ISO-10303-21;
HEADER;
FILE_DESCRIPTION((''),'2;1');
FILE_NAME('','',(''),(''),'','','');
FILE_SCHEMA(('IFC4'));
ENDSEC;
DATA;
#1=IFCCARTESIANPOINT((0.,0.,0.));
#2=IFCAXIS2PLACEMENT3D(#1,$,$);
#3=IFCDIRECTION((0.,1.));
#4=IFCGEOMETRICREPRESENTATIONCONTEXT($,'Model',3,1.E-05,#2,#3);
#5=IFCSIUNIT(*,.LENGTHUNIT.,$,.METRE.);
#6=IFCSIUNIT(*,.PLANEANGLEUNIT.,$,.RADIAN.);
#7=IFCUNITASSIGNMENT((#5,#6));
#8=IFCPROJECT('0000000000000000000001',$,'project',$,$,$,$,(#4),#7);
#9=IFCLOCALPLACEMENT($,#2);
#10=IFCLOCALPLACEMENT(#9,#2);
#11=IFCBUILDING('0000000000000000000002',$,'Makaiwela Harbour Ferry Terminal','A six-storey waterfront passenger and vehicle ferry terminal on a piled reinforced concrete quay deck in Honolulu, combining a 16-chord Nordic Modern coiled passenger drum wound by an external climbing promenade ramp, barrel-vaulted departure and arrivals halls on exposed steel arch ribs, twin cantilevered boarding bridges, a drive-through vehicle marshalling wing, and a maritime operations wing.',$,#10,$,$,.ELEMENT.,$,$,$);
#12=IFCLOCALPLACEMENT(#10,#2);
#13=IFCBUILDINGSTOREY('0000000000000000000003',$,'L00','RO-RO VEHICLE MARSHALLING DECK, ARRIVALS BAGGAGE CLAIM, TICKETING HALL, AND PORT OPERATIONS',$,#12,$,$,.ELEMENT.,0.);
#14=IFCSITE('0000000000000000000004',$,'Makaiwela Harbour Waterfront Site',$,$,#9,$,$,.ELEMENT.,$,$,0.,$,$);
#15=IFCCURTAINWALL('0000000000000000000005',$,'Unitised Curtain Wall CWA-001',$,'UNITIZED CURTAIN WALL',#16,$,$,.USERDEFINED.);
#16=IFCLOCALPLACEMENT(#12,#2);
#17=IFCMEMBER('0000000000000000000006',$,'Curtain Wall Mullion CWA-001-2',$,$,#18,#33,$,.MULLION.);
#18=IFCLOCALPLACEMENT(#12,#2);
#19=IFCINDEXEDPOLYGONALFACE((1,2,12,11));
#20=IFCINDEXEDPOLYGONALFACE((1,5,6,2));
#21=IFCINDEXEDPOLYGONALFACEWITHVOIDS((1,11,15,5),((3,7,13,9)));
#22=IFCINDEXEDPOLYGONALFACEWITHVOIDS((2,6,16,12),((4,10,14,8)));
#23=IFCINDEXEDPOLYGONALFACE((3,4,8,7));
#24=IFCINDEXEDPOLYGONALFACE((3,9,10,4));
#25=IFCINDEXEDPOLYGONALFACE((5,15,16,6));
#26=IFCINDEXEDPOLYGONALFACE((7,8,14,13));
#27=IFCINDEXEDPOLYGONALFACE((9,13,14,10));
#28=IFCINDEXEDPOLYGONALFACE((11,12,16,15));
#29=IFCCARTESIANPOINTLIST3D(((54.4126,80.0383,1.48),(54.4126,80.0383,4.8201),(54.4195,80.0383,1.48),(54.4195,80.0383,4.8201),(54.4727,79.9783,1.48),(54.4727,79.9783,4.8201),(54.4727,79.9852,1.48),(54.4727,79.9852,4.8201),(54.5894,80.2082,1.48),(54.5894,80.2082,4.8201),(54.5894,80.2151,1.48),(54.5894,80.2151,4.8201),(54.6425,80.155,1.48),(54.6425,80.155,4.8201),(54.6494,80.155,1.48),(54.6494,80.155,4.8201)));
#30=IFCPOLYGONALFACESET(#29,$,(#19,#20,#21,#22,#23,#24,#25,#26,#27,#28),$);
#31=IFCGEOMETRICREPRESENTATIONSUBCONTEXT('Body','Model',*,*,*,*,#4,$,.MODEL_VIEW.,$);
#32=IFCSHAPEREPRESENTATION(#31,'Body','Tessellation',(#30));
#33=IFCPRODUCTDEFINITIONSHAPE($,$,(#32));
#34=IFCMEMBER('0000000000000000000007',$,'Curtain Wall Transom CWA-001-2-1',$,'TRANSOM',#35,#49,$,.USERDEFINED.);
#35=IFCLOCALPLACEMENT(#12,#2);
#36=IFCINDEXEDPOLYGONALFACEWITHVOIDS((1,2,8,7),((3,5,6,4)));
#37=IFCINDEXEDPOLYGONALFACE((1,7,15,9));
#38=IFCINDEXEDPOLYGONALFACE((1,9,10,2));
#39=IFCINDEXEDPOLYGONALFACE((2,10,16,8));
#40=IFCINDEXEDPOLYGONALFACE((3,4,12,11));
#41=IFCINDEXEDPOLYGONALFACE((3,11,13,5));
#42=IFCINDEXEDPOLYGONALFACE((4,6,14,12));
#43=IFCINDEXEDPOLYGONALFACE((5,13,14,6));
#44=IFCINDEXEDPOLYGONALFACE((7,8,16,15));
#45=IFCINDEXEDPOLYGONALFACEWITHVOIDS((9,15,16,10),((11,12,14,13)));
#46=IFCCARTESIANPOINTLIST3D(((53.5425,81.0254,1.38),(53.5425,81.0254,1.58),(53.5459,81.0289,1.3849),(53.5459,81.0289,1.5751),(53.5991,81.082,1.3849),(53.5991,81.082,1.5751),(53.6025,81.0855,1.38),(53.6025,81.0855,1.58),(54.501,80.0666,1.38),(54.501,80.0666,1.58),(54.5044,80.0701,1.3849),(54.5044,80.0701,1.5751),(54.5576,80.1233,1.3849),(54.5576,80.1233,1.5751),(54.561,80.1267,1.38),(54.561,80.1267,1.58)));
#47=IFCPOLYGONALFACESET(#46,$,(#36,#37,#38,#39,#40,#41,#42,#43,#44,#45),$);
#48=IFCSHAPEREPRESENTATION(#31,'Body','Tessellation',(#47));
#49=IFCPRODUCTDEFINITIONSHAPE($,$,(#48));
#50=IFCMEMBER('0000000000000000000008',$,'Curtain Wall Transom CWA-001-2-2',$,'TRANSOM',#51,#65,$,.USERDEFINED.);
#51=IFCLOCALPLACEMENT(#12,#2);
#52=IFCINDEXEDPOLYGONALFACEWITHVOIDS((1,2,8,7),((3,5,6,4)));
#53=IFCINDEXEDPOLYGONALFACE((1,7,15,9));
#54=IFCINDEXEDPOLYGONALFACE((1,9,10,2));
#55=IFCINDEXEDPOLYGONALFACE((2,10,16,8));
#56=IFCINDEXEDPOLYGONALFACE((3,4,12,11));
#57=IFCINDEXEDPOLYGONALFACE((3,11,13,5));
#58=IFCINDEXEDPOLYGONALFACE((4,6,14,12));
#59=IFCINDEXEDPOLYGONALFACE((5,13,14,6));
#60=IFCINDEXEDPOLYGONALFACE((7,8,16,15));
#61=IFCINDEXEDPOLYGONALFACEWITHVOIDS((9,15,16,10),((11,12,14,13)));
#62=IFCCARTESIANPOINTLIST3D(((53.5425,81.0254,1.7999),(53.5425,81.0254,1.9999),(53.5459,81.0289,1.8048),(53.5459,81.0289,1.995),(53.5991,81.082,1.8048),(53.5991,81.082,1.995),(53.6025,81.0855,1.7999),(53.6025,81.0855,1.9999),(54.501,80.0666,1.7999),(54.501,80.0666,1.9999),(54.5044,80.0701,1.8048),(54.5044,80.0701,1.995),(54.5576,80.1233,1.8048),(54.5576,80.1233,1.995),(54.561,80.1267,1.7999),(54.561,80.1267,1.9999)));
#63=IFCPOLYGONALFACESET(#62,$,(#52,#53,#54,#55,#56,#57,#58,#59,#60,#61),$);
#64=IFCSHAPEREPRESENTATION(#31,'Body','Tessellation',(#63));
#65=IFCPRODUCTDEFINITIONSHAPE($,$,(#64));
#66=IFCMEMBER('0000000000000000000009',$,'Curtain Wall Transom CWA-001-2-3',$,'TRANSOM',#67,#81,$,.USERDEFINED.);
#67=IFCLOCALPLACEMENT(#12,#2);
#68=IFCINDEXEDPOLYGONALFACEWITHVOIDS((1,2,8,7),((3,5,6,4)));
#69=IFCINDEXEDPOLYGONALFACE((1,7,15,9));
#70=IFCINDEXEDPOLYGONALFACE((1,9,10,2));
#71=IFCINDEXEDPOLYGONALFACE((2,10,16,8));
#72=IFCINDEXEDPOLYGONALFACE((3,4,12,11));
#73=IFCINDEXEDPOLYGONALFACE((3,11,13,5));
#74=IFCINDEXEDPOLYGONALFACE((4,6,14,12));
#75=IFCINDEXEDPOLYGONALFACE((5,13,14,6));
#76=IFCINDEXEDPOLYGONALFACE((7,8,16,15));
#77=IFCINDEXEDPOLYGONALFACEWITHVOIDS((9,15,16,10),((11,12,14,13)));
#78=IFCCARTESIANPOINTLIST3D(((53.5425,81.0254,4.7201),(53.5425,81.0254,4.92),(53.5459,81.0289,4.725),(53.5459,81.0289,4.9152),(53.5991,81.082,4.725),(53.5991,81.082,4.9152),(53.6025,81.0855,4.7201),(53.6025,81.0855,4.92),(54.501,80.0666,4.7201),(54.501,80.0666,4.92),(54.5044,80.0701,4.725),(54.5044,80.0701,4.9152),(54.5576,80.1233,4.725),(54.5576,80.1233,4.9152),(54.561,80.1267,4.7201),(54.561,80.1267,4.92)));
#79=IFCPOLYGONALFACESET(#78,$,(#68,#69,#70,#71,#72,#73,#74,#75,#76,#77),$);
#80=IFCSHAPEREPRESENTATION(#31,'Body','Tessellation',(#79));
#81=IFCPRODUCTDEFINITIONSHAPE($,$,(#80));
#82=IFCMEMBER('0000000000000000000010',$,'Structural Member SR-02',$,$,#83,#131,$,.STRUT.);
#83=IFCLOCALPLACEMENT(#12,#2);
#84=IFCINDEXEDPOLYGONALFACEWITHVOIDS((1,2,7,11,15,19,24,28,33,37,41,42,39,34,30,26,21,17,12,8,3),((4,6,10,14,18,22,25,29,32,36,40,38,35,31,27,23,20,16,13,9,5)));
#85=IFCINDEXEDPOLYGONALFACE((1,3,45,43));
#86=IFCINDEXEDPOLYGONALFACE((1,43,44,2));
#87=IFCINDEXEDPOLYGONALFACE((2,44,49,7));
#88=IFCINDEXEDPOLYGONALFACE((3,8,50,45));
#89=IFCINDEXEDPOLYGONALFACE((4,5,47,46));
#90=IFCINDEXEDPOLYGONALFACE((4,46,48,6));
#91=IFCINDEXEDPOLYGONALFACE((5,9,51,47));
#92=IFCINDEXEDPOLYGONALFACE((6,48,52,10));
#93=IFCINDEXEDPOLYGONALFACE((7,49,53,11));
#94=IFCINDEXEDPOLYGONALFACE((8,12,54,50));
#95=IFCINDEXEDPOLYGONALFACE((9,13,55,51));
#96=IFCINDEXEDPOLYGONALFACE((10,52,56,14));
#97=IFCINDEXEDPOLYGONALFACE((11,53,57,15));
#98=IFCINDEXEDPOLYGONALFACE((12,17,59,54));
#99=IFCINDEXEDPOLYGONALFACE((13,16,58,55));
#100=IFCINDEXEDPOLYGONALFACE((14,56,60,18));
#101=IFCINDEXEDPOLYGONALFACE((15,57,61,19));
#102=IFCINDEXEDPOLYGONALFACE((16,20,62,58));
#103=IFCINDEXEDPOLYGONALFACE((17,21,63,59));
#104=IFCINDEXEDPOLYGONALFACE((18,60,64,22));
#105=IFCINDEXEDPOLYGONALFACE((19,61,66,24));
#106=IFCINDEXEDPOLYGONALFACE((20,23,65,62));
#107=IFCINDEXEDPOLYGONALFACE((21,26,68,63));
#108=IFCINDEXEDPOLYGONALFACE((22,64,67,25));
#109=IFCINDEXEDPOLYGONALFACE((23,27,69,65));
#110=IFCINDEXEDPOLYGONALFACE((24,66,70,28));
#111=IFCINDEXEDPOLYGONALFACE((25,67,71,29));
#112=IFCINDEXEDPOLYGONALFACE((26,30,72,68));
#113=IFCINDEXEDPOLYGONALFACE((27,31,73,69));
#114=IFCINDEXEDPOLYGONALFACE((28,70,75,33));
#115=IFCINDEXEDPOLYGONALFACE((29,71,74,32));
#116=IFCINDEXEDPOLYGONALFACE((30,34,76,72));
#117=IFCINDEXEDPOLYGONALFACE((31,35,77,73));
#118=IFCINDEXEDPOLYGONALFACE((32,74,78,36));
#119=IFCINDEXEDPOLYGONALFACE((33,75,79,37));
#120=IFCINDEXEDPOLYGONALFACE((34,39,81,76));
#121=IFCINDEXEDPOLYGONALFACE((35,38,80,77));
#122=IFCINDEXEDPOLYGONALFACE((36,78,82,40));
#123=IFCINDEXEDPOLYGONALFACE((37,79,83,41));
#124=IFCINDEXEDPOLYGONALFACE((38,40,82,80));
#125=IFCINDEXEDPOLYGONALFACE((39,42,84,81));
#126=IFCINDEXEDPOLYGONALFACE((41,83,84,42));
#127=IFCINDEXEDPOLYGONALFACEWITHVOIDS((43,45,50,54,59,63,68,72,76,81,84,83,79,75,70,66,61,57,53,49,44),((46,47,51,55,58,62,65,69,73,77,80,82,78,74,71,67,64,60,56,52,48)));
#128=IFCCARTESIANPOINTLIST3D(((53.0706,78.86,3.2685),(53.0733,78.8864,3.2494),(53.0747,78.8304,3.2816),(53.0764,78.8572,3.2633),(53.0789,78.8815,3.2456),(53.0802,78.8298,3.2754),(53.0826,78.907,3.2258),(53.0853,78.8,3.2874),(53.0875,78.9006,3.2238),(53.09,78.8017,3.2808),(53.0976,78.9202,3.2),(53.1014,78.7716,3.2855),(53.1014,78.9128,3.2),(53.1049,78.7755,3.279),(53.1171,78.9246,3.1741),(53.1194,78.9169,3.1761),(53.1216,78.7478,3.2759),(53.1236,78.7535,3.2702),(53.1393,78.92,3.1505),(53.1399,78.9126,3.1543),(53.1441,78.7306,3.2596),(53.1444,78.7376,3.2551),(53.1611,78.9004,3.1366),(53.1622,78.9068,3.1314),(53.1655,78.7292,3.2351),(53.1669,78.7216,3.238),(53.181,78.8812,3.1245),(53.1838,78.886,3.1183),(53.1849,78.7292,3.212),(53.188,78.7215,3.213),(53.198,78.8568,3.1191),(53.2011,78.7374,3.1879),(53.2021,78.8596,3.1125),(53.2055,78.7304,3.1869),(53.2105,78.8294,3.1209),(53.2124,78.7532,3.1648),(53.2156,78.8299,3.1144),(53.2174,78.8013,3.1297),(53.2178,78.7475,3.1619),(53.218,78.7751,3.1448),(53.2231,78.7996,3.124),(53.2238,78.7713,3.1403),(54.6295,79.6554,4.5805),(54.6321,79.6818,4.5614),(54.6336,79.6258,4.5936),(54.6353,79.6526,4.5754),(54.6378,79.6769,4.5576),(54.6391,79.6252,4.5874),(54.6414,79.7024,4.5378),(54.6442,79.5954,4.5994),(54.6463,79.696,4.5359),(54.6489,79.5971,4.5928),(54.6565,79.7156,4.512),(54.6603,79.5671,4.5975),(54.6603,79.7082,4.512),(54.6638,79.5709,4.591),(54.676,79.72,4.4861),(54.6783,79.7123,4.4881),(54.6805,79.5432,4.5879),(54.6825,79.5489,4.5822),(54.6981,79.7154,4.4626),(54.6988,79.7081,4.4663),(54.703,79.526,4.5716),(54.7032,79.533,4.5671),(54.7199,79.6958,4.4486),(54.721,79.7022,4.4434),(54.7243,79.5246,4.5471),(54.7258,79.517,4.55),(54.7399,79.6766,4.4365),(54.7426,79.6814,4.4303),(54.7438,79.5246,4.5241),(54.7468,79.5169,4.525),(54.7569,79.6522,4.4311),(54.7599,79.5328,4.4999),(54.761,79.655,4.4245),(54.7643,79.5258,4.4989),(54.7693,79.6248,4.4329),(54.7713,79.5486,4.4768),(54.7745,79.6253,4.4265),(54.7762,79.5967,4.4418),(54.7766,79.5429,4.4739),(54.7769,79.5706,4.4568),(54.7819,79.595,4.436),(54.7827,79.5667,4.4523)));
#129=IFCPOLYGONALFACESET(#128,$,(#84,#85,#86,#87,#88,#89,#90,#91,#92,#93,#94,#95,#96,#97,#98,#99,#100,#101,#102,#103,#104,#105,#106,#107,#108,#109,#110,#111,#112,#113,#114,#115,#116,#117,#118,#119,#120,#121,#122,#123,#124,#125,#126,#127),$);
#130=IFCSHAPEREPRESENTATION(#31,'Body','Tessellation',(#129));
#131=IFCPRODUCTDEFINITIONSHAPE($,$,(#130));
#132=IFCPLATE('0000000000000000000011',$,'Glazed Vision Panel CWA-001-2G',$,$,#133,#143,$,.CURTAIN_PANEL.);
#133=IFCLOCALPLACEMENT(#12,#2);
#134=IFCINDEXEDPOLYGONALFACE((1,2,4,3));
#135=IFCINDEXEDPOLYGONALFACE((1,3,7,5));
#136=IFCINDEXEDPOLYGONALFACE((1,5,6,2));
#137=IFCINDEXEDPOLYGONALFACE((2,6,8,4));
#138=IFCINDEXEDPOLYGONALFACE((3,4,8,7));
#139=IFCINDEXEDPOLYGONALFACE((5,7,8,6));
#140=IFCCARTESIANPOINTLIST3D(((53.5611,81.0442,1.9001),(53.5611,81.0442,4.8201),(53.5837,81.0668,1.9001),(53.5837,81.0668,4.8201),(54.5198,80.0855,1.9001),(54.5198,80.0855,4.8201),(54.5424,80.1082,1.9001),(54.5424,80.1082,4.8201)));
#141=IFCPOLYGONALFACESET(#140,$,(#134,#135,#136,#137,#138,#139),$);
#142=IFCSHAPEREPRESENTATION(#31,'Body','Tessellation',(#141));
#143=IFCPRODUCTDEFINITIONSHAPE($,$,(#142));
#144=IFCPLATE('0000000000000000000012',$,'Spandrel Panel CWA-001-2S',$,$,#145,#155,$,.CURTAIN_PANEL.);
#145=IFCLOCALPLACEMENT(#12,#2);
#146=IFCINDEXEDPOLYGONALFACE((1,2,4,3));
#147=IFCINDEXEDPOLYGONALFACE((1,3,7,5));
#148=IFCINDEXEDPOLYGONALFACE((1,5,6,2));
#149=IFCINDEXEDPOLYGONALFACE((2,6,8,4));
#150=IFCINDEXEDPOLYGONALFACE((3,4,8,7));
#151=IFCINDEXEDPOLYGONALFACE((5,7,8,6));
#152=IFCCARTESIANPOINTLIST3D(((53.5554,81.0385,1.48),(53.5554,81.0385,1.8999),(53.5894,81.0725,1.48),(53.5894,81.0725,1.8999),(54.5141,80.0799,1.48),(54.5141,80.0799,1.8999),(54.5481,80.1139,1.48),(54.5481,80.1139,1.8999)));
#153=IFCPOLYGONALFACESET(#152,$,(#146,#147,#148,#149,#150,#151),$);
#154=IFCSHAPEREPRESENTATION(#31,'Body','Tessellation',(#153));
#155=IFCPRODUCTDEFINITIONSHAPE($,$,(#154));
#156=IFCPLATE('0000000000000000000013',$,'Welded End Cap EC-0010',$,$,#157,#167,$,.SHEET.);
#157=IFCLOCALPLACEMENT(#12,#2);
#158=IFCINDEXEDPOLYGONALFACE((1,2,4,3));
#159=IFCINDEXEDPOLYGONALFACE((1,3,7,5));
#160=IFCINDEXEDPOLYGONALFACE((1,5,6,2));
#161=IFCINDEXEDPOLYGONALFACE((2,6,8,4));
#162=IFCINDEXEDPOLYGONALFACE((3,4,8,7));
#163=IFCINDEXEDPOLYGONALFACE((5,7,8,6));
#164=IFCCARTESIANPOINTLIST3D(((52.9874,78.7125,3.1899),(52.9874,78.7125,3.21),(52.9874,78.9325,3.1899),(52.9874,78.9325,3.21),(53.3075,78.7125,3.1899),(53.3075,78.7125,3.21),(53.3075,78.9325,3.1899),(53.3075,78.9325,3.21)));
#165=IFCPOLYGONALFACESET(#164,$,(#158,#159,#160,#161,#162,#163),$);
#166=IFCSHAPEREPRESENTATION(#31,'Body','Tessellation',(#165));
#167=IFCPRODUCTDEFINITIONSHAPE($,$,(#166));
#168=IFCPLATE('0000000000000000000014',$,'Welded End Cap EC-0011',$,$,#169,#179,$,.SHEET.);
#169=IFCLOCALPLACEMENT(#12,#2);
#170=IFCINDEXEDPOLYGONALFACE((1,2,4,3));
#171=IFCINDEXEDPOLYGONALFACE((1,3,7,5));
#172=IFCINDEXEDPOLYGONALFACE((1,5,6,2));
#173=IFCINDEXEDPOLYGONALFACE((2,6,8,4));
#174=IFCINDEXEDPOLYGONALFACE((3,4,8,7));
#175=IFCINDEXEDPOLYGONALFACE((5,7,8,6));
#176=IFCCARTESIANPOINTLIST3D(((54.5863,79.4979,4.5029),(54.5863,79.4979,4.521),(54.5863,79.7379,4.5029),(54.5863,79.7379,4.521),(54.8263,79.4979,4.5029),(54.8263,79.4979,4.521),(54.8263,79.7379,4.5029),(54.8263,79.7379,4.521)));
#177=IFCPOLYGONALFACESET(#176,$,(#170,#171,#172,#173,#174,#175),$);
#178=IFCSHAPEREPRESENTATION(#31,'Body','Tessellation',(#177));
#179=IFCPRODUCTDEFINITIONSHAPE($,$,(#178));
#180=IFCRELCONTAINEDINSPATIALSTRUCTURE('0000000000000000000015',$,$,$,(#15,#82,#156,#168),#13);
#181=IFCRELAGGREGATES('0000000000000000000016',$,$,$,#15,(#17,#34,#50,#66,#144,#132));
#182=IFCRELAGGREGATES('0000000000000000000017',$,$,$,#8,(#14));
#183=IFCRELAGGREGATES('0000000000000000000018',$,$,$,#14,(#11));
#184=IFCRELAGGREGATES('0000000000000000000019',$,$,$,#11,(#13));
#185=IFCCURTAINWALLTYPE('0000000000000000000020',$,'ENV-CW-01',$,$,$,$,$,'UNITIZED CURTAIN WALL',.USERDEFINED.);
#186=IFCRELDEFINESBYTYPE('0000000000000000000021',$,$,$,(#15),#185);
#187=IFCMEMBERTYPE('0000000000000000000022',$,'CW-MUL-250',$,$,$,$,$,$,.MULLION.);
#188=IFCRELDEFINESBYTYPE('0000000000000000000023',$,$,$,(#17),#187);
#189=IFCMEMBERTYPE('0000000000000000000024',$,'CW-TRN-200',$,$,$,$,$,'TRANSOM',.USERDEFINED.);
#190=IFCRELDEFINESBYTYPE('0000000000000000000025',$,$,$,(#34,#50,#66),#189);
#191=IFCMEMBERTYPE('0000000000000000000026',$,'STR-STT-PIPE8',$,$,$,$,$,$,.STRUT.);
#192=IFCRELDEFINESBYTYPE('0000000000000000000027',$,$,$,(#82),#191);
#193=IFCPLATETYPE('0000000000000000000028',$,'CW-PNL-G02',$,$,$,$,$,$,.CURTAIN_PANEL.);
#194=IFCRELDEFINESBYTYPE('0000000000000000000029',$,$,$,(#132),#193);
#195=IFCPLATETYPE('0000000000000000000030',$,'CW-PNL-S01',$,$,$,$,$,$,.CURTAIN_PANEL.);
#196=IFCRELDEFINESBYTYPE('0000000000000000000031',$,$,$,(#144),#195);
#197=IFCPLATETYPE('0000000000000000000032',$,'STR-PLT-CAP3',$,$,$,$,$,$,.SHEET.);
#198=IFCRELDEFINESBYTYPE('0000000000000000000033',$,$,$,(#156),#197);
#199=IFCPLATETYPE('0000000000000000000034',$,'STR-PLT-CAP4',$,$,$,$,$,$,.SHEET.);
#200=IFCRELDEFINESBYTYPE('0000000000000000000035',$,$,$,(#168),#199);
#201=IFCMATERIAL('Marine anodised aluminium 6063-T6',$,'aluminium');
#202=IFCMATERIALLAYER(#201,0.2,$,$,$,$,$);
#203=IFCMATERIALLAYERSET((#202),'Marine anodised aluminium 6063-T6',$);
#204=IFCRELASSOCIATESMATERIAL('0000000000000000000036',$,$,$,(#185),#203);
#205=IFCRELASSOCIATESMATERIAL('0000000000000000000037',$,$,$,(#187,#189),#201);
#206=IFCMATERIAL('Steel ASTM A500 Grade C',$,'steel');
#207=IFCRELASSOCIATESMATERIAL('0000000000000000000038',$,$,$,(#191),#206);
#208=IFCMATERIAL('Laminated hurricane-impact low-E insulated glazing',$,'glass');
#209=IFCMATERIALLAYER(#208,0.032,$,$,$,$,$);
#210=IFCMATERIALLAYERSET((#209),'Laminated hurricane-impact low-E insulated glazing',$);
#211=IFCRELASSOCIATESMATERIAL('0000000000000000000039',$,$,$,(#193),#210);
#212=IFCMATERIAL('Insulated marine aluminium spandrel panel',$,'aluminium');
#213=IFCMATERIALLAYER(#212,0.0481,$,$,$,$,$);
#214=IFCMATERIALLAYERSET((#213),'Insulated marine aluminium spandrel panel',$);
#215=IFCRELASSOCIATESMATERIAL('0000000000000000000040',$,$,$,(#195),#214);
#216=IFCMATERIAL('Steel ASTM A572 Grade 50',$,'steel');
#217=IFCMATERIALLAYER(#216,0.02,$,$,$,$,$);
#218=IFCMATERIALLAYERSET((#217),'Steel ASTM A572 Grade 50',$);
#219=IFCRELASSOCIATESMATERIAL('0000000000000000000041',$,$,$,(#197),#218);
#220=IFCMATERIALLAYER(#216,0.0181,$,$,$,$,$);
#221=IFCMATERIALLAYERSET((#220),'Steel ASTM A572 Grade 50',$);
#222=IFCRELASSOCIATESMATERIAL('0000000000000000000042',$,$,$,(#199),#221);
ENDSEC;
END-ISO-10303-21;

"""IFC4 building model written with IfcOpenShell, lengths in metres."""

from ifc_helpers import new_model, si_unit, direction, frame, origin, origin_2d, place, context, subcontext, project, spatial, rectangle, hollow_rectangle, hollow_circle, extrude, material, layer, layer_set, material_profile, profile_set, type_object, element, aggregate, save


model = new_model("IFC4")

# Units and contexts
model_context = context("Model", 3, precision=1e-05, world=origin(), true_north=direction((0.0, 1.0)))
body_context = subcontext(model_context, "Body", "Model", "MODEL_VIEW")
ifc_project = project(units=[si_unit("LENGTHUNIT", "METRE"), si_unit("PLANEANGLEUNIT", "RADIAN")], contexts=[model_context])

# Site, building, storey
site_placement = place(None, origin())
site = spatial("IfcSite", under=ifc_project, at=site_placement, Name="Makaiwela Harbour Waterfront Site", CompositionType="ELEMENT", RefElevation=0.0)
building_placement = place(site_placement, origin())
building = spatial("IfcBuilding", under=site, at=building_placement, Name="Makaiwela Harbour Ferry Terminal", Description="A six-storey waterfront passenger and vehicle ferry terminal on a piled reinforced concrete quay deck in Honolulu, combining a 16-chord Nordic Modern coiled passenger drum wound by an external climbing promenade ramp, barrel-vaulted departure and arrivals halls on exposed steel arch ribs, twin cantilevered boarding bridges, a drive-through vehicle marshalling wing, and a maritime operations wing.", CompositionType="ELEMENT")
storey_placement = place(building_placement, origin())
storey = spatial("IfcBuildingStorey", under=building, at=storey_placement, Name="L00", Description="RO-RO VEHICLE MARSHALLING DECK, ARRIVALS BAGGAGE CLAIM, TICKETING HALL, AND PORT OPERATIONS", CompositionType="ELEMENT", Elevation=0.0)

# Curtain wall, members
ifc_material_1 = material(Name="Marine anodised aluminium 6063-T6", Category="aluminium")
ifc_layer_1 = layer(ifc_material_1, 0.2)
ifc_layer_set_1 = layer_set([ifc_layer_1], Name="Marine anodised aluminium 6063-T6")
curtain_wall_type = type_object("IfcCurtainWallType", Name="ENV-CW-01", ElementType="UNITIZED CURTAIN WALL", PredefinedType="USERDEFINED", material=ifc_layer_set_1)
curtain_wall_placement = place(storey_placement, origin())
curtain_wall = element("IfcCurtainWall", 1, at=curtain_wall_placement, inside=storey, type_object=curtain_wall_type, Name="Unitised Curtain Wall CWA-001", ObjectType="UNITIZED CURTAIN WALL", PredefinedType="USERDEFINED")
ifc_material_profile_1 = material_profile(ifc_material_1, hollow_rectangle(XDim=0.085, YDim=0.25, WallThickness=0.0049, at=origin_2d()), Name="CWM-250X85")
ifc_profile_set_1 = profile_set([ifc_material_profile_1], Name="Marine anodised aluminium 6063-T6")
member_type_1 = type_object("IfcMemberType", Name="CW-MUL-250", PredefinedType="MULLION", material=ifc_profile_set_1)
member_1_placement = place(storey_placement, frame((54.531, 80.0967, 1.48), z_axis=(0.0, 0.0, 1.0), x_axis=(-0.707107, 0.707107, 0.0)))
member_1 = element("IfcMember", 2, at=member_1_placement, type_object=member_type_1, Name="Curtain Wall Mullion CWA-001-2", PredefinedType="MULLION", context=body_context, shape_type="SweptSolid", body=[
    extrude(hollow_rectangle(XDim=0.085, YDim=0.25, WallThickness=0.0049, at=origin_2d()), origin(), (0.0, 0.0, 1.0), 3.3401),
])
ifc_material_profile_2 = material_profile(ifc_material_1, hollow_rectangle(XDim=0.085, YDim=0.2, WallThickness=0.0049, at=origin_2d()), Name="CWT-200X85")
ifc_profile_set_2 = profile_set([ifc_material_profile_2], Name="Marine anodised aluminium 6063-T6")
member_type_2 = type_object("IfcMemberType", Name="CW-TRN-200", ElementType="TRANSOM", PredefinedType="USERDEFINED", material=ifc_profile_set_2)
member_2_placement = place(storey_placement, frame((54.531, 80.0967, 1.48), z_axis=(-0.707017, 0.707197, 0.0), x_axis=(-0.707197, -0.707017, 0.0)))
member_2 = element("IfcMember", 3, at=member_2_placement, type_object=member_type_2, Name="Curtain Wall Transom CWA-001-2-1", ObjectType="TRANSOM", PredefinedType="USERDEFINED", context=body_context, shape_type="SweptSolid", body=[
    extrude(hollow_rectangle(XDim=0.085, YDim=0.2, WallThickness=0.0049, at=origin_2d()), origin(), (0.0, 0.0, 1.0), 1.3557),
])
member_3_placement = place(storey_placement, frame((54.531, 80.0967, 1.8999), z_axis=(-0.707017, 0.707197, 0.0), x_axis=(-0.707197, -0.707017, 0.0)))
member_3 = element("IfcMember", 4, at=member_3_placement, type_object=member_type_2, Name="Curtain Wall Transom CWA-001-2-2", ObjectType="TRANSOM", PredefinedType="USERDEFINED", context=body_context, shape_type="SweptSolid", body=[
    extrude(hollow_rectangle(XDim=0.085, YDim=0.2, WallThickness=0.0049, at=origin_2d()), origin(), (0.0, 0.0, 1.0), 1.3557),
])
member_4_placement = place(storey_placement, frame((54.531, 80.0967, 4.8201), z_axis=(-0.707017, 0.707197, 0.0), x_axis=(-0.707197, -0.707017, 0.0)))
member_4 = element("IfcMember", 5, at=member_4_placement, type_object=member_type_2, Name="Curtain Wall Transom CWA-001-2-3", ObjectType="TRANSOM", PredefinedType="USERDEFINED", context=body_context, shape_type="SweptSolid", body=[
    extrude(hollow_rectangle(XDim=0.085, YDim=0.2, WallThickness=0.0049, at=origin_2d()), origin(), (0.0, 0.0, 1.0), 1.3557),
])

# Member
ifc_material_2 = material(Name="Steel ASTM A500 Grade C", Category="steel")
ifc_material_profile_3 = material_profile(ifc_material_2, hollow_circle(Radius=0.1096, WallThickness=0.0083, at=origin_2d()), Name="PIPE8STD")
ifc_profile_set_3 = profile_set([ifc_material_profile_3], Name="Steel ASTM A500 Grade C")
member_type_3 = type_object("IfcMemberType", Name="STR-STT-PIPE8", PredefinedType="STRUT", material=ifc_profile_set_3)
member_5_placement = place(storey_placement, frame((53.1475, 78.8225, 3.2), z_axis=(0.712696, 0.363659, 0.599848), x_axis=(-0.454509, 0.890742, 0.0)))
element("IfcMember", 6, at=member_5_placement, inside=storey, type_object=member_type_3, Name="Structural Member SR-02", PredefinedType="STRUT", context=body_context, shape_type="SweptSolid", body=[
    extrude(hollow_circle(Radius=0.1096, WallThickness=0.0083, at=origin_2d()), origin(), (0.0, 0.0, 1.0), 2.1873),
])

# Plates
ifc_material_3 = material(Name="Laminated hurricane-impact low-E insulated glazing", Category="glass")
ifc_layer_2 = layer(ifc_material_3, 0.032)
ifc_layer_set_2 = layer_set([ifc_layer_2], Name="Laminated hurricane-impact low-E insulated glazing")
plate_type_1 = type_object("IfcPlateType", Name="CW-PNL-G02", PredefinedType="CURTAIN_PANEL", material=ifc_layer_set_2)
plate_1_placement = place(storey_placement, frame((54.0518, 80.5762, 1.9001), z_axis=(0.0, 0.0, 1.0), x_axis=(-0.707107, 0.707107, 0.0)))
plate_1 = element("IfcPlate", 7, at=plate_1_placement, type_object=plate_type_1, Name="Glazed Vision Panel CWA-001-2G", PredefinedType="CURTAIN_PANEL", context=body_context, shape_type="SweptSolid", body=[
    extrude(rectangle(XDim=1.3557, YDim=0.032, at=origin_2d()), origin(), (0.0, 0.0, 1.0), 2.9199),
])
ifc_material_4 = material(Name="Insulated marine aluminium spandrel panel", Category="aluminium")
ifc_layer_3 = layer(ifc_material_4, 0.0481)
ifc_layer_set_3 = layer_set([ifc_layer_3], Name="Insulated marine aluminium spandrel panel")
plate_type_2 = type_object("IfcPlateType", Name="CW-PNL-S01", PredefinedType="CURTAIN_PANEL", material=ifc_layer_set_3)
plate_2_placement = place(storey_placement, frame((54.0518, 80.5762, 1.48), z_axis=(0.0, 0.0, 1.0), x_axis=(-0.707107, 0.707107, 0.0)))
plate_2 = element("IfcPlate", 8, at=plate_2_placement, type_object=plate_type_2, Name="Spandrel Panel CWA-001-2S", PredefinedType="CURTAIN_PANEL", context=body_context, shape_type="SweptSolid", body=[
    extrude(rectangle(XDim=1.3557, YDim=0.0481, at=origin_2d()), origin(), (0.0, 0.0, 1.0), 0.4199),
])
aggregate(curtain_wall, [member_1, member_2, member_3, member_4, plate_2, plate_1])

# Plates
ifc_material_5 = material(Name="Steel ASTM A572 Grade 50", Category="steel")
ifc_layer_4 = layer(ifc_material_5, 0.02)
ifc_layer_set_4 = layer_set([ifc_layer_4], Name="Steel ASTM A572 Grade 50")
plate_type_3 = type_object("IfcPlateType", Name="STR-PLT-CAP3", PredefinedType="SHEET", material=ifc_layer_set_4)
plate_3_placement = place(storey_placement, frame((53.1475, 78.8225, 3.1899), z_axis=(0.0, 0.0, 1.0), x_axis=(1.0, 0.0, 0.0)))
element("IfcPlate", 9, at=plate_3_placement, inside=storey, type_object=plate_type_3, Name="Welded End Cap EC-0010", PredefinedType="SHEET", context=body_context, shape_type="SweptSolid", body=[
    extrude(rectangle(XDim=0.3201, YDim=0.22, at=origin_2d()), origin(), (0.0, 0.0, 1.0), 0.02),
])
ifc_layer_5 = layer(ifc_material_5, 0.0181)
ifc_layer_set_5 = layer_set([ifc_layer_5], Name="Steel ASTM A572 Grade 50")
plate_type_4 = type_object("IfcPlateType", Name="STR-PLT-CAP4", PredefinedType="SHEET", material=ifc_layer_set_5)
plate_4_placement = place(storey_placement, frame((54.7063, 79.6179, 4.5029), z_axis=(0.0, 0.0, 1.0), x_axis=(1.0, 0.0, 0.0)))
element("IfcPlate", 10, at=plate_4_placement, inside=storey, type_object=plate_type_4, Name="Welded End Cap EC-0011", PredefinedType="SHEET", context=body_context, shape_type="SweptSolid", body=[
    extrude(rectangle(XDim=0.24, YDim=0.24, at=origin_2d()), origin(), (0.0, 0.0, 1.0), 0.0181),
])

save(model, "model.ifc")
